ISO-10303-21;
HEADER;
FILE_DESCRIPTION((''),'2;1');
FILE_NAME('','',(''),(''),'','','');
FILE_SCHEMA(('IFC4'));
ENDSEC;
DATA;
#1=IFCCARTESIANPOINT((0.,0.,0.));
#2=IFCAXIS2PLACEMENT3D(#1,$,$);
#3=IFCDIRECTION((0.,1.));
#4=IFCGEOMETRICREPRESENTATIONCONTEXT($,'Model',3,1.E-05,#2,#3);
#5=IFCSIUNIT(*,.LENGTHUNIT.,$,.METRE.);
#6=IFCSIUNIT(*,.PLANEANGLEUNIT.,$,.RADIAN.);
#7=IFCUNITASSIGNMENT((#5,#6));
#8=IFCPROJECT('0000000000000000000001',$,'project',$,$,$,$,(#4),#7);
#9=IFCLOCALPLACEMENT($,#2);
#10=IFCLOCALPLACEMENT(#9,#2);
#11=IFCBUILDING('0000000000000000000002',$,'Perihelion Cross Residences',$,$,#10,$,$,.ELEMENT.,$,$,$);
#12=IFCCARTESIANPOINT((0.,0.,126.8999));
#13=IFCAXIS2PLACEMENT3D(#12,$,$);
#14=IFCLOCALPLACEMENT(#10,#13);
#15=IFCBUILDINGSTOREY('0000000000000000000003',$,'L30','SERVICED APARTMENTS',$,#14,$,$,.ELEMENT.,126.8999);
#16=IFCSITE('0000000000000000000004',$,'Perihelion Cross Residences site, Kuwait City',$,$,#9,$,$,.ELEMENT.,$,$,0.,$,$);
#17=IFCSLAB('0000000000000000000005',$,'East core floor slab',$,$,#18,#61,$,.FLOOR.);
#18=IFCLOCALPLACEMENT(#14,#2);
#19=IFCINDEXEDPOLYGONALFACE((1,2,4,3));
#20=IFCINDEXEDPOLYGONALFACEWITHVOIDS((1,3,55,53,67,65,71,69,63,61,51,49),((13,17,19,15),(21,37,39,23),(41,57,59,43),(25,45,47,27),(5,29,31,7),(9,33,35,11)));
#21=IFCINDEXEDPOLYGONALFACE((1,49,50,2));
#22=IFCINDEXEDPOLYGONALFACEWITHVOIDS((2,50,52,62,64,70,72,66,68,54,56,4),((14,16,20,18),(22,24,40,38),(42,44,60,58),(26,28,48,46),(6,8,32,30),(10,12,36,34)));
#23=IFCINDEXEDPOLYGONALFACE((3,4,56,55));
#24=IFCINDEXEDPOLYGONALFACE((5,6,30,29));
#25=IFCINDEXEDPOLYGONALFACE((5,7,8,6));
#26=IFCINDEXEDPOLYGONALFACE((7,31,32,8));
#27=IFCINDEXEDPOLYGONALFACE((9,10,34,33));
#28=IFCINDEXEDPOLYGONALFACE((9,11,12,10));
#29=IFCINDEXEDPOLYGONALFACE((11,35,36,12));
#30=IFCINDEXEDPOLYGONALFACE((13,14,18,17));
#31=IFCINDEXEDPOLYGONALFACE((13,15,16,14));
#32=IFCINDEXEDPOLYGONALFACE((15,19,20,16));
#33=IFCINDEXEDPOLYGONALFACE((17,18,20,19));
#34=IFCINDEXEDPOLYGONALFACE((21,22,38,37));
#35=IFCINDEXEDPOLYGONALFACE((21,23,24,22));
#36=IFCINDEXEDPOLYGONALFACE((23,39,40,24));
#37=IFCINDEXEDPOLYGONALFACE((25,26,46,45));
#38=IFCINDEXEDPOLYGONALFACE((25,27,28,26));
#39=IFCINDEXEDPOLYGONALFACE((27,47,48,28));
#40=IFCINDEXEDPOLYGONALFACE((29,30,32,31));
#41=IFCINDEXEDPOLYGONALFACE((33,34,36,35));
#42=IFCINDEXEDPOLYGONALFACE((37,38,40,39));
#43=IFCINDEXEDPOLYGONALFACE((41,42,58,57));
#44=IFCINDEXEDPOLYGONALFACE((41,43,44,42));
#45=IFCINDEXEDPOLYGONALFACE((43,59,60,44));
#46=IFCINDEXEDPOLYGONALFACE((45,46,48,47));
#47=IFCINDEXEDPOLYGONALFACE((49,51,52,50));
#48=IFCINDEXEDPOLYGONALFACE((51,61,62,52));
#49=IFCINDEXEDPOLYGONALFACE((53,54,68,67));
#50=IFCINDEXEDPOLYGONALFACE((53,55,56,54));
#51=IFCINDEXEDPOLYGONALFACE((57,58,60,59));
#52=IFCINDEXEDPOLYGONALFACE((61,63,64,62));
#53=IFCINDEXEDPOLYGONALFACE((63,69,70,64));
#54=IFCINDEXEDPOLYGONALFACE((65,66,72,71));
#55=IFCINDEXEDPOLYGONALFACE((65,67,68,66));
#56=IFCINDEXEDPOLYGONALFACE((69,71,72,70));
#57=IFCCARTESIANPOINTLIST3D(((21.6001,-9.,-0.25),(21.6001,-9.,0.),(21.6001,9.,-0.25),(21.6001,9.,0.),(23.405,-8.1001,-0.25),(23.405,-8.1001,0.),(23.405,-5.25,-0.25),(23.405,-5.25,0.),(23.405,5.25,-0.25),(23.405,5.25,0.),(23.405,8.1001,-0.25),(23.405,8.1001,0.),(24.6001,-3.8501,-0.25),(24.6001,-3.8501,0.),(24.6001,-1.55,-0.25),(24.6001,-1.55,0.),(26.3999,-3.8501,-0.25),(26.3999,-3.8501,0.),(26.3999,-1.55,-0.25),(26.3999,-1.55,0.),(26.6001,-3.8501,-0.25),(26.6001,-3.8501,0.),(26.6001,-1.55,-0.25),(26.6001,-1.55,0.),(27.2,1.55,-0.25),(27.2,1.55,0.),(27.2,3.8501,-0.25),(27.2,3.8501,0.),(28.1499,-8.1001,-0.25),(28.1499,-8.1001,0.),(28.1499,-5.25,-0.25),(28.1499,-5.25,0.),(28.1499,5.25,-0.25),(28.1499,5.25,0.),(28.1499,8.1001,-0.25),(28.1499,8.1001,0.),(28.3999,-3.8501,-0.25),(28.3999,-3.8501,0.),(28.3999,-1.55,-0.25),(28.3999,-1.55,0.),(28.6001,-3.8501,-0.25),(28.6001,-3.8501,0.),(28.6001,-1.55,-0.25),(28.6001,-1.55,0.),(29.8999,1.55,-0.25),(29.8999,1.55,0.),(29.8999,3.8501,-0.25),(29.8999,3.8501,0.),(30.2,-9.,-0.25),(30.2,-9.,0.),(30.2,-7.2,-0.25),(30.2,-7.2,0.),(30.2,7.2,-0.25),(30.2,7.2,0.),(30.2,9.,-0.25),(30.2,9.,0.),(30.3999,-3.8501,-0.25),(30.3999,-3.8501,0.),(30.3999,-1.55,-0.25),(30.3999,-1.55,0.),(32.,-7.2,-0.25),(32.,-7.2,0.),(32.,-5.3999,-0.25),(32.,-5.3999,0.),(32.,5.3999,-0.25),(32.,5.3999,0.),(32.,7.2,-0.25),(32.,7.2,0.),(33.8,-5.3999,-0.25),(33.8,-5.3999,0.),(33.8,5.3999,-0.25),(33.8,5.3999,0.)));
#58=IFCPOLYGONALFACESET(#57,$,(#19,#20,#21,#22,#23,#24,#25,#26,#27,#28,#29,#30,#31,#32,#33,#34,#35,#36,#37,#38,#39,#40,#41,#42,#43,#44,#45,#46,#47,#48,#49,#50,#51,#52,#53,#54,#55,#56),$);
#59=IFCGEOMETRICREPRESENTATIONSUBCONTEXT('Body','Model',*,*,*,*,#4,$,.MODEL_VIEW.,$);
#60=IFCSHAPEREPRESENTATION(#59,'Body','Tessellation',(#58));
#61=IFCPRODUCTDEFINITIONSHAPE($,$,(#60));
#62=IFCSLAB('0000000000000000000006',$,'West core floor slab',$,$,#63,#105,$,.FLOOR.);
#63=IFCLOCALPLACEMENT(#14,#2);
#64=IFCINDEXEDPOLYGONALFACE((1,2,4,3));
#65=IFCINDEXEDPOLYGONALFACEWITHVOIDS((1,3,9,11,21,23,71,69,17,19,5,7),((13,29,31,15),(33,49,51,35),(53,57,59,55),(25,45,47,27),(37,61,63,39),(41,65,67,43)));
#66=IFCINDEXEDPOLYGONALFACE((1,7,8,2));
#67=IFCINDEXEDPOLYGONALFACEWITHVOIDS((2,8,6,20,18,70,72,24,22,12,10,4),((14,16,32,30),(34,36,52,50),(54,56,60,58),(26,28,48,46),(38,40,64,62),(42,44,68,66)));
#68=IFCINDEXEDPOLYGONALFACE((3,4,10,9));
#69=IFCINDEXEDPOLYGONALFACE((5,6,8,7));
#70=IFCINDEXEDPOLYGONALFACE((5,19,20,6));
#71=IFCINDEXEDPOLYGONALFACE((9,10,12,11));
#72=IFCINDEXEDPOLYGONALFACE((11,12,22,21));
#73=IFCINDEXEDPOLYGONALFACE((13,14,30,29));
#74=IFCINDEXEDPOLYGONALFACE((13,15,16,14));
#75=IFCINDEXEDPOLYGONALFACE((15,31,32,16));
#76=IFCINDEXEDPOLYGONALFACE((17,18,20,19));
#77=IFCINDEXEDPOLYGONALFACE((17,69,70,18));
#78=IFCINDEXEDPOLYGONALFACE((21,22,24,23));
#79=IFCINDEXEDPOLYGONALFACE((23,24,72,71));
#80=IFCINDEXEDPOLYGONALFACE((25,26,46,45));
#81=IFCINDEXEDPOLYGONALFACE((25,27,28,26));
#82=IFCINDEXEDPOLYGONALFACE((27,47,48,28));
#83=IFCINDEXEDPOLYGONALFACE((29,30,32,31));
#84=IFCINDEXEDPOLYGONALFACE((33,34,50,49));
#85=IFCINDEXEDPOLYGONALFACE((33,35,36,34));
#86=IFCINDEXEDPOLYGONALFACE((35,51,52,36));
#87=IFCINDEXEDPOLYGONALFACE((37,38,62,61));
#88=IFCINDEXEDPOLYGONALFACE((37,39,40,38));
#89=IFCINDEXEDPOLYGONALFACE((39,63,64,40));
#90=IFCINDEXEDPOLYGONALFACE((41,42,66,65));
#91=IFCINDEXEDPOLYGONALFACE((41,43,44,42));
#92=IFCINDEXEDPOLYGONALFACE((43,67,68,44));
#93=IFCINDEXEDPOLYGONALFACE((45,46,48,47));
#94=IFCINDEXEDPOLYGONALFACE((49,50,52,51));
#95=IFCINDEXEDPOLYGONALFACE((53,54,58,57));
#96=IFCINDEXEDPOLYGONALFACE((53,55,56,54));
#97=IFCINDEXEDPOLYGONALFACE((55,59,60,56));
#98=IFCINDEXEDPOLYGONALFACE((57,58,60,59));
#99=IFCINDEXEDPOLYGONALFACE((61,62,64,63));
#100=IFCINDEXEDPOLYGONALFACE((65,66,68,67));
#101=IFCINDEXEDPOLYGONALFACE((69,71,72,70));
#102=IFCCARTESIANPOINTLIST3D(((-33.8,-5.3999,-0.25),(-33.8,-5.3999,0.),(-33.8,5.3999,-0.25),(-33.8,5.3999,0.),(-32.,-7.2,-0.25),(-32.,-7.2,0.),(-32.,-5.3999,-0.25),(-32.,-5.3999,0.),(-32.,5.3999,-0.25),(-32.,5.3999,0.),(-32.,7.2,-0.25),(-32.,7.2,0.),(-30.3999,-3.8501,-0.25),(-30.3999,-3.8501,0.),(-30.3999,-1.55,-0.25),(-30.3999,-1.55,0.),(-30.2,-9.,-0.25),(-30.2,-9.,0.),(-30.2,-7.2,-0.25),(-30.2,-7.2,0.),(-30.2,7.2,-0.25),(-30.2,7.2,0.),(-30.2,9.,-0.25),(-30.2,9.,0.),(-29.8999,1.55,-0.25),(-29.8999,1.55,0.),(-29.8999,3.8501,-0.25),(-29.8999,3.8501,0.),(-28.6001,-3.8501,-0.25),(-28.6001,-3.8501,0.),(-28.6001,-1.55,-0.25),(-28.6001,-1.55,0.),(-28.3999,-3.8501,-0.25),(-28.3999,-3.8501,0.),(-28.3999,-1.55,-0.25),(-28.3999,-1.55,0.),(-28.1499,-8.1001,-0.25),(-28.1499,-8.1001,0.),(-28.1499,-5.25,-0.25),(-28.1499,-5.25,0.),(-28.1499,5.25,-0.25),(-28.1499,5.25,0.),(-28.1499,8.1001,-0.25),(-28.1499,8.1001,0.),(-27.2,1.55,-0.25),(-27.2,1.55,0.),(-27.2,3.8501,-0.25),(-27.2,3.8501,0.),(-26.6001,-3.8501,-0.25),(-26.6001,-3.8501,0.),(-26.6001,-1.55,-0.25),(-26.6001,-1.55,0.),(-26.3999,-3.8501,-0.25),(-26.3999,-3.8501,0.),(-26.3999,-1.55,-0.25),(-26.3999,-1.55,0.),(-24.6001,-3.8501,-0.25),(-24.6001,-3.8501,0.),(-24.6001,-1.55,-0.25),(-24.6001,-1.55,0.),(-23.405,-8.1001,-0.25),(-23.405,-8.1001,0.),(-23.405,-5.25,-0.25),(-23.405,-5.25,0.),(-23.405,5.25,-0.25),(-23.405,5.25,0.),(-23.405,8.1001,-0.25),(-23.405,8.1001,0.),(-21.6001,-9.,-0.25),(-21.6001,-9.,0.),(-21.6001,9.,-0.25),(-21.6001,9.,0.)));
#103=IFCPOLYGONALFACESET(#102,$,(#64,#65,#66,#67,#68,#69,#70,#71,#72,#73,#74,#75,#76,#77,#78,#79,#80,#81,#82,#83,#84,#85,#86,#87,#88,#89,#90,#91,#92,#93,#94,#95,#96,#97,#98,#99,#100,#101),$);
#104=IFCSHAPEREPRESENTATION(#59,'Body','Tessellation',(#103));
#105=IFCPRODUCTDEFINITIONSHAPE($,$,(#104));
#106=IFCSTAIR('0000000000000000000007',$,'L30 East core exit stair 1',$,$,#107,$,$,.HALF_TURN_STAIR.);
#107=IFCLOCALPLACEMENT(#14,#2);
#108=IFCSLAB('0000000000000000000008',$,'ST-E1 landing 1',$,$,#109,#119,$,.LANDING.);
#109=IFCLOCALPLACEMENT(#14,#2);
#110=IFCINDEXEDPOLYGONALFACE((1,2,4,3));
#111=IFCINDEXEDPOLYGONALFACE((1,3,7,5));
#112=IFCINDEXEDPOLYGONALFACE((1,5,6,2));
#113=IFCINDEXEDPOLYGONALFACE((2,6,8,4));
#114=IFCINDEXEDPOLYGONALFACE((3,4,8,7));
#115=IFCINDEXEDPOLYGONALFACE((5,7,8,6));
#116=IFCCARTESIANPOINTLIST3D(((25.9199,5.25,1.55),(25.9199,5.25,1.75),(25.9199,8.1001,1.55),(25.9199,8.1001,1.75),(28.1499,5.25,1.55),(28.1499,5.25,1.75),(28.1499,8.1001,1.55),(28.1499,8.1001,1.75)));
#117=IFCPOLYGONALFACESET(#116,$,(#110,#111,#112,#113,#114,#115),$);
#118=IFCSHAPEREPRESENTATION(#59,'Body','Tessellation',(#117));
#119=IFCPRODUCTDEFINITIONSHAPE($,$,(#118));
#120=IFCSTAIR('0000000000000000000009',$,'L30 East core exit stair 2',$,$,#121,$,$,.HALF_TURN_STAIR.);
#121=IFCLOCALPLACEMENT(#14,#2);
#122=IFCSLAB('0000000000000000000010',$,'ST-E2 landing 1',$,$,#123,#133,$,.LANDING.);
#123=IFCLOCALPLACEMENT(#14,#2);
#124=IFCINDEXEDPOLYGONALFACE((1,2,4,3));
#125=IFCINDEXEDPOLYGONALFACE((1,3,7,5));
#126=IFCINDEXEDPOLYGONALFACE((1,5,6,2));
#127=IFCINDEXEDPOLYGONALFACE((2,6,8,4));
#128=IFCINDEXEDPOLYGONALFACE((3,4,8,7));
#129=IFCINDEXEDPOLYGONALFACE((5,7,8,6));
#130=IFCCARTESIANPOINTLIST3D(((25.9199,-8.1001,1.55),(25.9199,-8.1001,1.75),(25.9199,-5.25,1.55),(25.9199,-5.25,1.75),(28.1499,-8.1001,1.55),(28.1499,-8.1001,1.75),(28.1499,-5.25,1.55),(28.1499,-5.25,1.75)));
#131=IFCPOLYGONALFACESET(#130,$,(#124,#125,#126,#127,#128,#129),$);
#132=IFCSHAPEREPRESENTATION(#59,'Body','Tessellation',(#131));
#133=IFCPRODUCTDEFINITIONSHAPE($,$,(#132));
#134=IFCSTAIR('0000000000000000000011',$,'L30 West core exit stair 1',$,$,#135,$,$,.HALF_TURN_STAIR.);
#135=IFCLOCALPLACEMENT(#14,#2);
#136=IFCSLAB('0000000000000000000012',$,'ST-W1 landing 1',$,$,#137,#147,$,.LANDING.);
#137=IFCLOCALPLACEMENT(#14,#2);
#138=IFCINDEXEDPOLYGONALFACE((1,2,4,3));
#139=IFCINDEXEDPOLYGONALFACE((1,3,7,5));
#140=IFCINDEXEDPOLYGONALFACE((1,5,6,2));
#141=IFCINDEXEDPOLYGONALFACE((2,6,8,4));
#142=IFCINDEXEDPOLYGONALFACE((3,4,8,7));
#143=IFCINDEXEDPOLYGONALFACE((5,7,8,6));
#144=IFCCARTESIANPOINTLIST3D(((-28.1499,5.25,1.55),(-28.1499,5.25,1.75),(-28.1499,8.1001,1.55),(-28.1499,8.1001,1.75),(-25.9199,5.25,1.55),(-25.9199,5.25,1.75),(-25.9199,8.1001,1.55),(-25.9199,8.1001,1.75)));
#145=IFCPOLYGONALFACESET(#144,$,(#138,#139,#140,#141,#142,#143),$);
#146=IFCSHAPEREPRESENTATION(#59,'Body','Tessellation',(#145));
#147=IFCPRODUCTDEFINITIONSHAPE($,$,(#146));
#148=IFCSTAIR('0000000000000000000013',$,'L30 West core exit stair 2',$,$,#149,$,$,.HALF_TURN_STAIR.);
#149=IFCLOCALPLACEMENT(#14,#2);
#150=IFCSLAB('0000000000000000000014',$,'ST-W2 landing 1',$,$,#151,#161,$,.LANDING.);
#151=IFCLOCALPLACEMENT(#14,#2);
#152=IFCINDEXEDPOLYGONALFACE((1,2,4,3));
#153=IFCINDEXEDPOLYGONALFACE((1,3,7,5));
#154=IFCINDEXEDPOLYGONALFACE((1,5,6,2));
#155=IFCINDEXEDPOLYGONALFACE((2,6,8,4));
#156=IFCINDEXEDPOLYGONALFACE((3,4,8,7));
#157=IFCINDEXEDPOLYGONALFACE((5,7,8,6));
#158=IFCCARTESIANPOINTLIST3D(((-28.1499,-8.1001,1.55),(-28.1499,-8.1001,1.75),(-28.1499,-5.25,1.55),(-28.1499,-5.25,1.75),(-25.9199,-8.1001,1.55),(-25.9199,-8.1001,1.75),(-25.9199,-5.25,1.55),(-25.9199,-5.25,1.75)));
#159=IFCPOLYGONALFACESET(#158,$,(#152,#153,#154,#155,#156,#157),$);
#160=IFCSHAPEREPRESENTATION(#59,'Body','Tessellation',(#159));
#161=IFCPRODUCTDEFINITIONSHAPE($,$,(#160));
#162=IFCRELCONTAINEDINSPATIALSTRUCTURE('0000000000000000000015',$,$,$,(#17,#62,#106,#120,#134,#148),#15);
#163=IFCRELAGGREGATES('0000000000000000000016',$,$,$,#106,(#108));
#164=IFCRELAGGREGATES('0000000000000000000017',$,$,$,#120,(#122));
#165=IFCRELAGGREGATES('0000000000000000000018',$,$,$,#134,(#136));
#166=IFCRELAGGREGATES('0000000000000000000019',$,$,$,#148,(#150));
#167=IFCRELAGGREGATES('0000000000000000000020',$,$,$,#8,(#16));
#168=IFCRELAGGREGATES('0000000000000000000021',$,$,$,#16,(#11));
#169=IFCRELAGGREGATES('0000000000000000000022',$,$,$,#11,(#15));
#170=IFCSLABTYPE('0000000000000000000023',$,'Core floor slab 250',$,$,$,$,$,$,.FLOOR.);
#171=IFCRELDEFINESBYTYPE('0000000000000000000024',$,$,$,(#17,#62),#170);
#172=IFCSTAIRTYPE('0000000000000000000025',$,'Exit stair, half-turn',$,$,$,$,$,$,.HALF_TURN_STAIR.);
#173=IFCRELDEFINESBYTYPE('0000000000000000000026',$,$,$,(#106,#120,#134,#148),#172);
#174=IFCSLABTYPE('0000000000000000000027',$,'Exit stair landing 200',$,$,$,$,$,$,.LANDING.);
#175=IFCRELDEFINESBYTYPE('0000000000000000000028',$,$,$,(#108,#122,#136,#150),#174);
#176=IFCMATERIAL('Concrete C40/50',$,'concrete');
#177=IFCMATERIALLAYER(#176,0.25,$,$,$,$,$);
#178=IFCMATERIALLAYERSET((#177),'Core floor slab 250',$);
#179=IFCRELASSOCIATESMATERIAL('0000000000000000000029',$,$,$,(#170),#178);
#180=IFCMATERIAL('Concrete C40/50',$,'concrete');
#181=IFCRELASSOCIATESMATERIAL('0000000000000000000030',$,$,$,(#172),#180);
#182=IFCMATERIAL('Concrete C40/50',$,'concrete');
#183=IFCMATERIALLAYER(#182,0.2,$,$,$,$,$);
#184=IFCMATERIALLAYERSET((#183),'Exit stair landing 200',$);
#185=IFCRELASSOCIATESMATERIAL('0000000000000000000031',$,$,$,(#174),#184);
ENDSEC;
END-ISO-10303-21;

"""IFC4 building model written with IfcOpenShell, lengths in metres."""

from ifc_helpers import new_model, si_unit, direction, frame, origin, place, context, subcontext, project, spatial, polyline, outline, extrude, material, layer, layer_set, type_object, element, aggregate, save


model = new_model("IFC4")

# Units and contexts
model_context = context("Model", 3, precision=1e-05, world=origin(), true_north=direction((0.0, 1.0)))
body_context = subcontext(model_context, "Body", "Model", "MODEL_VIEW")
ifc_project = project(units=[si_unit("LENGTHUNIT", "METRE"), si_unit("PLANEANGLEUNIT", "RADIAN")], contexts=[model_context])

# Site, building, storey
site_placement = place(None, origin())
site = spatial("IfcSite", under=ifc_project, at=site_placement, Name="Perihelion Cross Residences site, Kuwait City", CompositionType="ELEMENT", RefElevation=0.0)
building_placement = place(site_placement, origin())
building = spatial("IfcBuilding", under=site, at=building_placement, Name="Perihelion Cross Residences", CompositionType="ELEMENT")
storey_placement = place(building_placement, frame((0.0, 0.0, 126.8999)))
storey = spatial("IfcBuildingStorey", under=building, at=storey_placement, Name="L30", Description="SERVICED APARTMENTS", CompositionType="ELEMENT", Elevation=126.8999)

# Slabs
ifc_material_1 = material(Name="Concrete C40/50", Category="concrete")
ifc_layer_1 = layer(ifc_material_1, 0.25)
ifc_layer_set_1 = layer_set([ifc_layer_1], Name="Core floor slab 250")
slab_type_1 = type_object("IfcSlabType", Name="Core floor slab 250", PredefinedType="FLOOR", material=ifc_layer_set_1)
slab_1_placement = place(storey_placement, frame((0.0, 0.0, -0.25)))
element("IfcSlab", 1, at=slab_1_placement, inside=storey, type_object=slab_type_1, Name="East core floor slab", PredefinedType="FLOOR", context=body_context, shape_type="SweptSolid", body=[
    extrude(outline(polyline([(30.2, 7.2), (32.0, 7.2), (32.0, 5.3999), (33.8, 5.3999), (33.8, -5.3999), (32.0, -5.3999), (32.0, -7.2), (30.2, -7.2), (30.2, -9.0), (21.6001, -9.0), (21.6001, 9.0), (30.2, 9.0), (30.2, 7.2)]), holes=[polyline([(28.1499, -8.1001), (28.1499, -5.25), (23.405, -5.25), (23.405, -8.1001), (28.1499, -8.1001)]), polyline([(24.6001, -1.55), (24.6001, -3.8501), (26.3999, -3.8501), (26.3999, -1.55), (24.6001, -1.55)]), polyline([(26.6001, -1.55), (26.6001, -3.8501), (28.3999, -3.8501), (28.3999, -1.55), (26.6001, -1.55)]), polyline([(28.6001, -3.8501), (30.3999, -3.8501), (30.3999, -1.55), (28.6001, -1.55), (28.6001, -3.8501)]), polyline([(27.2, 3.8501), (27.2, 1.55), (29.8999, 1.55), (29.8999, 3.8501), (27.2, 3.8501)]), polyline([(23.405, 5.25), (28.1499, 5.25), (28.1499, 8.1001), (23.405, 8.1001), (23.405, 5.25)])]), origin(), (0.0, 0.0, 1.0), 0.25),
])
slab_2_placement = place(storey_placement, frame((0.0, 0.0, -0.25)))
element("IfcSlab", 2, at=slab_2_placement, inside=storey, type_object=slab_type_1, Name="West core floor slab", PredefinedType="FLOOR", context=body_context, shape_type="SweptSolid", body=[
    extrude(outline(polyline([(-30.2, 7.2), (-32.0, 7.2), (-32.0, 5.3999), (-33.8, 5.3999), (-33.8, -5.3999), (-32.0, -5.3999), (-32.0, -7.2), (-30.2, -7.2), (-30.2, -9.0), (-21.6001, -9.0), (-21.6001, 9.0), (-30.2, 9.0), (-30.2, 7.2)]), holes=[polyline([(-28.1499, -8.1001), (-28.1499, -5.25), (-23.405, -5.25), (-23.405, -8.1001), (-28.1499, -8.1001)]), polyline([(-24.6001, -1.55), (-24.6001, -3.8501), (-26.3999, -3.8501), (-26.3999, -1.55), (-24.6001, -1.55)]), polyline([(-26.6001, -1.55), (-26.6001, -3.8501), (-28.3999, -3.8501), (-28.3999, -1.55), (-26.6001, -1.55)]), polyline([(-28.6001, -3.8501), (-30.3999, -3.8501), (-30.3999, -1.55), (-28.6001, -1.55), (-28.6001, -3.8501)]), polyline([(-27.2, 3.8501), (-27.2, 1.55), (-29.8999, 1.55), (-29.8999, 3.8501), (-27.2, 3.8501)]), polyline([(-23.405, 5.25), (-28.1499, 5.25), (-28.1499, 8.1001), (-23.405, 8.1001), (-23.405, 5.25)])]), origin(), (0.0, 0.0, 1.0), 0.25),
])

# Stairs, slabs
ifc_material_2 = material(Name="Concrete C40/50", Category="concrete")
stair_type = type_object("IfcStairType", Name="Exit stair, half-turn", PredefinedType="HALF_TURN_STAIR", material=ifc_material_2)
stair_1_placement = place(storey_placement, origin())
stair_1 = element("IfcStair", 3, at=stair_1_placement, inside=storey, type_object=stair_type, Name="L30 East core exit stair 1", PredefinedType="HALF_TURN_STAIR")
ifc_material_3 = material(Name="Concrete C40/50", Category="concrete")
ifc_layer_2 = layer(ifc_material_3, 0.2)
ifc_layer_set_2 = layer_set([ifc_layer_2], Name="Exit stair landing 200")
slab_type_2 = type_object("IfcSlabType", Name="Exit stair landing 200", PredefinedType="LANDING", material=ifc_layer_set_2)
slab_3_placement = place(storey_placement, frame((0.0, 0.0, 1.55)))
slab_3 = element("IfcSlab", 4, at=slab_3_placement, type_object=slab_type_2, Name="ST-E1 landing 1", PredefinedType="LANDING", context=body_context, shape_type="SweptSolid", body=[
    extrude(outline(polyline([(25.9199, 5.25), (28.1499, 5.25), (28.1499, 8.1001), (25.9199, 8.1001), (25.9199, 5.25)])), origin(), (0.0, 0.0, 1.0), 0.2),
])
aggregate(stair_1, [slab_3])
stair_2_placement = place(storey_placement, origin())
stair_2 = element("IfcStair", 5, at=stair_2_placement, inside=storey, type_object=stair_type, Name="L30 East core exit stair 2", PredefinedType="HALF_TURN_STAIR")
slab_4_placement = place(storey_placement, frame((0.0, 0.0, 1.55)))
slab_4 = element("IfcSlab", 6, at=slab_4_placement, type_object=slab_type_2, Name="ST-E2 landing 1", PredefinedType="LANDING", context=body_context, shape_type="SweptSolid", body=[
    extrude(outline(polyline([(25.9199, -8.1001), (28.1499, -8.1001), (28.1499, -5.25), (25.9199, -5.25), (25.9199, -8.1001)])), origin(), (0.0, 0.0, 1.0), 0.2),
])
aggregate(stair_2, [slab_4])
stair_3_placement = place(storey_placement, origin())
stair_3 = element("IfcStair", 7, at=stair_3_placement, inside=storey, type_object=stair_type, Name="L30 West core exit stair 1", PredefinedType="HALF_TURN_STAIR")
slab_5_placement = place(storey_placement, frame((0.0, 0.0, 1.55)))
slab_5 = element("IfcSlab", 8, at=slab_5_placement, type_object=slab_type_2, Name="ST-W1 landing 1", PredefinedType="LANDING", context=body_context, shape_type="SweptSolid", body=[
    extrude(outline(polyline([(-25.9199, 8.1001), (-28.1499, 8.1001), (-28.1499, 5.25), (-25.9199, 5.25), (-25.9199, 8.1001)])), origin(), (0.0, 0.0, 1.0), 0.2),
])
aggregate(stair_3, [slab_5])
stair_4_placement = place(storey_placement, origin())
stair_4 = element("IfcStair", 9, at=stair_4_placement, inside=storey, type_object=stair_type, Name="L30 West core exit stair 2", PredefinedType="HALF_TURN_STAIR")
slab_6_placement = place(storey_placement, frame((0.0, 0.0, 1.55)))
slab_6 = element("IfcSlab", 10, at=slab_6_placement, type_object=slab_type_2, Name="ST-W2 landing 1", PredefinedType="LANDING", context=body_context, shape_type="SweptSolid", body=[
    extrude(outline(polyline([(-25.9199, -5.25), (-28.1499, -5.25), (-28.1499, -8.1001), (-25.9199, -8.1001), (-25.9199, -5.25)])), origin(), (0.0, 0.0, 1.0), 0.2),
])
aggregate(stair_4, [slab_6])

save(model, "model.ifc")
